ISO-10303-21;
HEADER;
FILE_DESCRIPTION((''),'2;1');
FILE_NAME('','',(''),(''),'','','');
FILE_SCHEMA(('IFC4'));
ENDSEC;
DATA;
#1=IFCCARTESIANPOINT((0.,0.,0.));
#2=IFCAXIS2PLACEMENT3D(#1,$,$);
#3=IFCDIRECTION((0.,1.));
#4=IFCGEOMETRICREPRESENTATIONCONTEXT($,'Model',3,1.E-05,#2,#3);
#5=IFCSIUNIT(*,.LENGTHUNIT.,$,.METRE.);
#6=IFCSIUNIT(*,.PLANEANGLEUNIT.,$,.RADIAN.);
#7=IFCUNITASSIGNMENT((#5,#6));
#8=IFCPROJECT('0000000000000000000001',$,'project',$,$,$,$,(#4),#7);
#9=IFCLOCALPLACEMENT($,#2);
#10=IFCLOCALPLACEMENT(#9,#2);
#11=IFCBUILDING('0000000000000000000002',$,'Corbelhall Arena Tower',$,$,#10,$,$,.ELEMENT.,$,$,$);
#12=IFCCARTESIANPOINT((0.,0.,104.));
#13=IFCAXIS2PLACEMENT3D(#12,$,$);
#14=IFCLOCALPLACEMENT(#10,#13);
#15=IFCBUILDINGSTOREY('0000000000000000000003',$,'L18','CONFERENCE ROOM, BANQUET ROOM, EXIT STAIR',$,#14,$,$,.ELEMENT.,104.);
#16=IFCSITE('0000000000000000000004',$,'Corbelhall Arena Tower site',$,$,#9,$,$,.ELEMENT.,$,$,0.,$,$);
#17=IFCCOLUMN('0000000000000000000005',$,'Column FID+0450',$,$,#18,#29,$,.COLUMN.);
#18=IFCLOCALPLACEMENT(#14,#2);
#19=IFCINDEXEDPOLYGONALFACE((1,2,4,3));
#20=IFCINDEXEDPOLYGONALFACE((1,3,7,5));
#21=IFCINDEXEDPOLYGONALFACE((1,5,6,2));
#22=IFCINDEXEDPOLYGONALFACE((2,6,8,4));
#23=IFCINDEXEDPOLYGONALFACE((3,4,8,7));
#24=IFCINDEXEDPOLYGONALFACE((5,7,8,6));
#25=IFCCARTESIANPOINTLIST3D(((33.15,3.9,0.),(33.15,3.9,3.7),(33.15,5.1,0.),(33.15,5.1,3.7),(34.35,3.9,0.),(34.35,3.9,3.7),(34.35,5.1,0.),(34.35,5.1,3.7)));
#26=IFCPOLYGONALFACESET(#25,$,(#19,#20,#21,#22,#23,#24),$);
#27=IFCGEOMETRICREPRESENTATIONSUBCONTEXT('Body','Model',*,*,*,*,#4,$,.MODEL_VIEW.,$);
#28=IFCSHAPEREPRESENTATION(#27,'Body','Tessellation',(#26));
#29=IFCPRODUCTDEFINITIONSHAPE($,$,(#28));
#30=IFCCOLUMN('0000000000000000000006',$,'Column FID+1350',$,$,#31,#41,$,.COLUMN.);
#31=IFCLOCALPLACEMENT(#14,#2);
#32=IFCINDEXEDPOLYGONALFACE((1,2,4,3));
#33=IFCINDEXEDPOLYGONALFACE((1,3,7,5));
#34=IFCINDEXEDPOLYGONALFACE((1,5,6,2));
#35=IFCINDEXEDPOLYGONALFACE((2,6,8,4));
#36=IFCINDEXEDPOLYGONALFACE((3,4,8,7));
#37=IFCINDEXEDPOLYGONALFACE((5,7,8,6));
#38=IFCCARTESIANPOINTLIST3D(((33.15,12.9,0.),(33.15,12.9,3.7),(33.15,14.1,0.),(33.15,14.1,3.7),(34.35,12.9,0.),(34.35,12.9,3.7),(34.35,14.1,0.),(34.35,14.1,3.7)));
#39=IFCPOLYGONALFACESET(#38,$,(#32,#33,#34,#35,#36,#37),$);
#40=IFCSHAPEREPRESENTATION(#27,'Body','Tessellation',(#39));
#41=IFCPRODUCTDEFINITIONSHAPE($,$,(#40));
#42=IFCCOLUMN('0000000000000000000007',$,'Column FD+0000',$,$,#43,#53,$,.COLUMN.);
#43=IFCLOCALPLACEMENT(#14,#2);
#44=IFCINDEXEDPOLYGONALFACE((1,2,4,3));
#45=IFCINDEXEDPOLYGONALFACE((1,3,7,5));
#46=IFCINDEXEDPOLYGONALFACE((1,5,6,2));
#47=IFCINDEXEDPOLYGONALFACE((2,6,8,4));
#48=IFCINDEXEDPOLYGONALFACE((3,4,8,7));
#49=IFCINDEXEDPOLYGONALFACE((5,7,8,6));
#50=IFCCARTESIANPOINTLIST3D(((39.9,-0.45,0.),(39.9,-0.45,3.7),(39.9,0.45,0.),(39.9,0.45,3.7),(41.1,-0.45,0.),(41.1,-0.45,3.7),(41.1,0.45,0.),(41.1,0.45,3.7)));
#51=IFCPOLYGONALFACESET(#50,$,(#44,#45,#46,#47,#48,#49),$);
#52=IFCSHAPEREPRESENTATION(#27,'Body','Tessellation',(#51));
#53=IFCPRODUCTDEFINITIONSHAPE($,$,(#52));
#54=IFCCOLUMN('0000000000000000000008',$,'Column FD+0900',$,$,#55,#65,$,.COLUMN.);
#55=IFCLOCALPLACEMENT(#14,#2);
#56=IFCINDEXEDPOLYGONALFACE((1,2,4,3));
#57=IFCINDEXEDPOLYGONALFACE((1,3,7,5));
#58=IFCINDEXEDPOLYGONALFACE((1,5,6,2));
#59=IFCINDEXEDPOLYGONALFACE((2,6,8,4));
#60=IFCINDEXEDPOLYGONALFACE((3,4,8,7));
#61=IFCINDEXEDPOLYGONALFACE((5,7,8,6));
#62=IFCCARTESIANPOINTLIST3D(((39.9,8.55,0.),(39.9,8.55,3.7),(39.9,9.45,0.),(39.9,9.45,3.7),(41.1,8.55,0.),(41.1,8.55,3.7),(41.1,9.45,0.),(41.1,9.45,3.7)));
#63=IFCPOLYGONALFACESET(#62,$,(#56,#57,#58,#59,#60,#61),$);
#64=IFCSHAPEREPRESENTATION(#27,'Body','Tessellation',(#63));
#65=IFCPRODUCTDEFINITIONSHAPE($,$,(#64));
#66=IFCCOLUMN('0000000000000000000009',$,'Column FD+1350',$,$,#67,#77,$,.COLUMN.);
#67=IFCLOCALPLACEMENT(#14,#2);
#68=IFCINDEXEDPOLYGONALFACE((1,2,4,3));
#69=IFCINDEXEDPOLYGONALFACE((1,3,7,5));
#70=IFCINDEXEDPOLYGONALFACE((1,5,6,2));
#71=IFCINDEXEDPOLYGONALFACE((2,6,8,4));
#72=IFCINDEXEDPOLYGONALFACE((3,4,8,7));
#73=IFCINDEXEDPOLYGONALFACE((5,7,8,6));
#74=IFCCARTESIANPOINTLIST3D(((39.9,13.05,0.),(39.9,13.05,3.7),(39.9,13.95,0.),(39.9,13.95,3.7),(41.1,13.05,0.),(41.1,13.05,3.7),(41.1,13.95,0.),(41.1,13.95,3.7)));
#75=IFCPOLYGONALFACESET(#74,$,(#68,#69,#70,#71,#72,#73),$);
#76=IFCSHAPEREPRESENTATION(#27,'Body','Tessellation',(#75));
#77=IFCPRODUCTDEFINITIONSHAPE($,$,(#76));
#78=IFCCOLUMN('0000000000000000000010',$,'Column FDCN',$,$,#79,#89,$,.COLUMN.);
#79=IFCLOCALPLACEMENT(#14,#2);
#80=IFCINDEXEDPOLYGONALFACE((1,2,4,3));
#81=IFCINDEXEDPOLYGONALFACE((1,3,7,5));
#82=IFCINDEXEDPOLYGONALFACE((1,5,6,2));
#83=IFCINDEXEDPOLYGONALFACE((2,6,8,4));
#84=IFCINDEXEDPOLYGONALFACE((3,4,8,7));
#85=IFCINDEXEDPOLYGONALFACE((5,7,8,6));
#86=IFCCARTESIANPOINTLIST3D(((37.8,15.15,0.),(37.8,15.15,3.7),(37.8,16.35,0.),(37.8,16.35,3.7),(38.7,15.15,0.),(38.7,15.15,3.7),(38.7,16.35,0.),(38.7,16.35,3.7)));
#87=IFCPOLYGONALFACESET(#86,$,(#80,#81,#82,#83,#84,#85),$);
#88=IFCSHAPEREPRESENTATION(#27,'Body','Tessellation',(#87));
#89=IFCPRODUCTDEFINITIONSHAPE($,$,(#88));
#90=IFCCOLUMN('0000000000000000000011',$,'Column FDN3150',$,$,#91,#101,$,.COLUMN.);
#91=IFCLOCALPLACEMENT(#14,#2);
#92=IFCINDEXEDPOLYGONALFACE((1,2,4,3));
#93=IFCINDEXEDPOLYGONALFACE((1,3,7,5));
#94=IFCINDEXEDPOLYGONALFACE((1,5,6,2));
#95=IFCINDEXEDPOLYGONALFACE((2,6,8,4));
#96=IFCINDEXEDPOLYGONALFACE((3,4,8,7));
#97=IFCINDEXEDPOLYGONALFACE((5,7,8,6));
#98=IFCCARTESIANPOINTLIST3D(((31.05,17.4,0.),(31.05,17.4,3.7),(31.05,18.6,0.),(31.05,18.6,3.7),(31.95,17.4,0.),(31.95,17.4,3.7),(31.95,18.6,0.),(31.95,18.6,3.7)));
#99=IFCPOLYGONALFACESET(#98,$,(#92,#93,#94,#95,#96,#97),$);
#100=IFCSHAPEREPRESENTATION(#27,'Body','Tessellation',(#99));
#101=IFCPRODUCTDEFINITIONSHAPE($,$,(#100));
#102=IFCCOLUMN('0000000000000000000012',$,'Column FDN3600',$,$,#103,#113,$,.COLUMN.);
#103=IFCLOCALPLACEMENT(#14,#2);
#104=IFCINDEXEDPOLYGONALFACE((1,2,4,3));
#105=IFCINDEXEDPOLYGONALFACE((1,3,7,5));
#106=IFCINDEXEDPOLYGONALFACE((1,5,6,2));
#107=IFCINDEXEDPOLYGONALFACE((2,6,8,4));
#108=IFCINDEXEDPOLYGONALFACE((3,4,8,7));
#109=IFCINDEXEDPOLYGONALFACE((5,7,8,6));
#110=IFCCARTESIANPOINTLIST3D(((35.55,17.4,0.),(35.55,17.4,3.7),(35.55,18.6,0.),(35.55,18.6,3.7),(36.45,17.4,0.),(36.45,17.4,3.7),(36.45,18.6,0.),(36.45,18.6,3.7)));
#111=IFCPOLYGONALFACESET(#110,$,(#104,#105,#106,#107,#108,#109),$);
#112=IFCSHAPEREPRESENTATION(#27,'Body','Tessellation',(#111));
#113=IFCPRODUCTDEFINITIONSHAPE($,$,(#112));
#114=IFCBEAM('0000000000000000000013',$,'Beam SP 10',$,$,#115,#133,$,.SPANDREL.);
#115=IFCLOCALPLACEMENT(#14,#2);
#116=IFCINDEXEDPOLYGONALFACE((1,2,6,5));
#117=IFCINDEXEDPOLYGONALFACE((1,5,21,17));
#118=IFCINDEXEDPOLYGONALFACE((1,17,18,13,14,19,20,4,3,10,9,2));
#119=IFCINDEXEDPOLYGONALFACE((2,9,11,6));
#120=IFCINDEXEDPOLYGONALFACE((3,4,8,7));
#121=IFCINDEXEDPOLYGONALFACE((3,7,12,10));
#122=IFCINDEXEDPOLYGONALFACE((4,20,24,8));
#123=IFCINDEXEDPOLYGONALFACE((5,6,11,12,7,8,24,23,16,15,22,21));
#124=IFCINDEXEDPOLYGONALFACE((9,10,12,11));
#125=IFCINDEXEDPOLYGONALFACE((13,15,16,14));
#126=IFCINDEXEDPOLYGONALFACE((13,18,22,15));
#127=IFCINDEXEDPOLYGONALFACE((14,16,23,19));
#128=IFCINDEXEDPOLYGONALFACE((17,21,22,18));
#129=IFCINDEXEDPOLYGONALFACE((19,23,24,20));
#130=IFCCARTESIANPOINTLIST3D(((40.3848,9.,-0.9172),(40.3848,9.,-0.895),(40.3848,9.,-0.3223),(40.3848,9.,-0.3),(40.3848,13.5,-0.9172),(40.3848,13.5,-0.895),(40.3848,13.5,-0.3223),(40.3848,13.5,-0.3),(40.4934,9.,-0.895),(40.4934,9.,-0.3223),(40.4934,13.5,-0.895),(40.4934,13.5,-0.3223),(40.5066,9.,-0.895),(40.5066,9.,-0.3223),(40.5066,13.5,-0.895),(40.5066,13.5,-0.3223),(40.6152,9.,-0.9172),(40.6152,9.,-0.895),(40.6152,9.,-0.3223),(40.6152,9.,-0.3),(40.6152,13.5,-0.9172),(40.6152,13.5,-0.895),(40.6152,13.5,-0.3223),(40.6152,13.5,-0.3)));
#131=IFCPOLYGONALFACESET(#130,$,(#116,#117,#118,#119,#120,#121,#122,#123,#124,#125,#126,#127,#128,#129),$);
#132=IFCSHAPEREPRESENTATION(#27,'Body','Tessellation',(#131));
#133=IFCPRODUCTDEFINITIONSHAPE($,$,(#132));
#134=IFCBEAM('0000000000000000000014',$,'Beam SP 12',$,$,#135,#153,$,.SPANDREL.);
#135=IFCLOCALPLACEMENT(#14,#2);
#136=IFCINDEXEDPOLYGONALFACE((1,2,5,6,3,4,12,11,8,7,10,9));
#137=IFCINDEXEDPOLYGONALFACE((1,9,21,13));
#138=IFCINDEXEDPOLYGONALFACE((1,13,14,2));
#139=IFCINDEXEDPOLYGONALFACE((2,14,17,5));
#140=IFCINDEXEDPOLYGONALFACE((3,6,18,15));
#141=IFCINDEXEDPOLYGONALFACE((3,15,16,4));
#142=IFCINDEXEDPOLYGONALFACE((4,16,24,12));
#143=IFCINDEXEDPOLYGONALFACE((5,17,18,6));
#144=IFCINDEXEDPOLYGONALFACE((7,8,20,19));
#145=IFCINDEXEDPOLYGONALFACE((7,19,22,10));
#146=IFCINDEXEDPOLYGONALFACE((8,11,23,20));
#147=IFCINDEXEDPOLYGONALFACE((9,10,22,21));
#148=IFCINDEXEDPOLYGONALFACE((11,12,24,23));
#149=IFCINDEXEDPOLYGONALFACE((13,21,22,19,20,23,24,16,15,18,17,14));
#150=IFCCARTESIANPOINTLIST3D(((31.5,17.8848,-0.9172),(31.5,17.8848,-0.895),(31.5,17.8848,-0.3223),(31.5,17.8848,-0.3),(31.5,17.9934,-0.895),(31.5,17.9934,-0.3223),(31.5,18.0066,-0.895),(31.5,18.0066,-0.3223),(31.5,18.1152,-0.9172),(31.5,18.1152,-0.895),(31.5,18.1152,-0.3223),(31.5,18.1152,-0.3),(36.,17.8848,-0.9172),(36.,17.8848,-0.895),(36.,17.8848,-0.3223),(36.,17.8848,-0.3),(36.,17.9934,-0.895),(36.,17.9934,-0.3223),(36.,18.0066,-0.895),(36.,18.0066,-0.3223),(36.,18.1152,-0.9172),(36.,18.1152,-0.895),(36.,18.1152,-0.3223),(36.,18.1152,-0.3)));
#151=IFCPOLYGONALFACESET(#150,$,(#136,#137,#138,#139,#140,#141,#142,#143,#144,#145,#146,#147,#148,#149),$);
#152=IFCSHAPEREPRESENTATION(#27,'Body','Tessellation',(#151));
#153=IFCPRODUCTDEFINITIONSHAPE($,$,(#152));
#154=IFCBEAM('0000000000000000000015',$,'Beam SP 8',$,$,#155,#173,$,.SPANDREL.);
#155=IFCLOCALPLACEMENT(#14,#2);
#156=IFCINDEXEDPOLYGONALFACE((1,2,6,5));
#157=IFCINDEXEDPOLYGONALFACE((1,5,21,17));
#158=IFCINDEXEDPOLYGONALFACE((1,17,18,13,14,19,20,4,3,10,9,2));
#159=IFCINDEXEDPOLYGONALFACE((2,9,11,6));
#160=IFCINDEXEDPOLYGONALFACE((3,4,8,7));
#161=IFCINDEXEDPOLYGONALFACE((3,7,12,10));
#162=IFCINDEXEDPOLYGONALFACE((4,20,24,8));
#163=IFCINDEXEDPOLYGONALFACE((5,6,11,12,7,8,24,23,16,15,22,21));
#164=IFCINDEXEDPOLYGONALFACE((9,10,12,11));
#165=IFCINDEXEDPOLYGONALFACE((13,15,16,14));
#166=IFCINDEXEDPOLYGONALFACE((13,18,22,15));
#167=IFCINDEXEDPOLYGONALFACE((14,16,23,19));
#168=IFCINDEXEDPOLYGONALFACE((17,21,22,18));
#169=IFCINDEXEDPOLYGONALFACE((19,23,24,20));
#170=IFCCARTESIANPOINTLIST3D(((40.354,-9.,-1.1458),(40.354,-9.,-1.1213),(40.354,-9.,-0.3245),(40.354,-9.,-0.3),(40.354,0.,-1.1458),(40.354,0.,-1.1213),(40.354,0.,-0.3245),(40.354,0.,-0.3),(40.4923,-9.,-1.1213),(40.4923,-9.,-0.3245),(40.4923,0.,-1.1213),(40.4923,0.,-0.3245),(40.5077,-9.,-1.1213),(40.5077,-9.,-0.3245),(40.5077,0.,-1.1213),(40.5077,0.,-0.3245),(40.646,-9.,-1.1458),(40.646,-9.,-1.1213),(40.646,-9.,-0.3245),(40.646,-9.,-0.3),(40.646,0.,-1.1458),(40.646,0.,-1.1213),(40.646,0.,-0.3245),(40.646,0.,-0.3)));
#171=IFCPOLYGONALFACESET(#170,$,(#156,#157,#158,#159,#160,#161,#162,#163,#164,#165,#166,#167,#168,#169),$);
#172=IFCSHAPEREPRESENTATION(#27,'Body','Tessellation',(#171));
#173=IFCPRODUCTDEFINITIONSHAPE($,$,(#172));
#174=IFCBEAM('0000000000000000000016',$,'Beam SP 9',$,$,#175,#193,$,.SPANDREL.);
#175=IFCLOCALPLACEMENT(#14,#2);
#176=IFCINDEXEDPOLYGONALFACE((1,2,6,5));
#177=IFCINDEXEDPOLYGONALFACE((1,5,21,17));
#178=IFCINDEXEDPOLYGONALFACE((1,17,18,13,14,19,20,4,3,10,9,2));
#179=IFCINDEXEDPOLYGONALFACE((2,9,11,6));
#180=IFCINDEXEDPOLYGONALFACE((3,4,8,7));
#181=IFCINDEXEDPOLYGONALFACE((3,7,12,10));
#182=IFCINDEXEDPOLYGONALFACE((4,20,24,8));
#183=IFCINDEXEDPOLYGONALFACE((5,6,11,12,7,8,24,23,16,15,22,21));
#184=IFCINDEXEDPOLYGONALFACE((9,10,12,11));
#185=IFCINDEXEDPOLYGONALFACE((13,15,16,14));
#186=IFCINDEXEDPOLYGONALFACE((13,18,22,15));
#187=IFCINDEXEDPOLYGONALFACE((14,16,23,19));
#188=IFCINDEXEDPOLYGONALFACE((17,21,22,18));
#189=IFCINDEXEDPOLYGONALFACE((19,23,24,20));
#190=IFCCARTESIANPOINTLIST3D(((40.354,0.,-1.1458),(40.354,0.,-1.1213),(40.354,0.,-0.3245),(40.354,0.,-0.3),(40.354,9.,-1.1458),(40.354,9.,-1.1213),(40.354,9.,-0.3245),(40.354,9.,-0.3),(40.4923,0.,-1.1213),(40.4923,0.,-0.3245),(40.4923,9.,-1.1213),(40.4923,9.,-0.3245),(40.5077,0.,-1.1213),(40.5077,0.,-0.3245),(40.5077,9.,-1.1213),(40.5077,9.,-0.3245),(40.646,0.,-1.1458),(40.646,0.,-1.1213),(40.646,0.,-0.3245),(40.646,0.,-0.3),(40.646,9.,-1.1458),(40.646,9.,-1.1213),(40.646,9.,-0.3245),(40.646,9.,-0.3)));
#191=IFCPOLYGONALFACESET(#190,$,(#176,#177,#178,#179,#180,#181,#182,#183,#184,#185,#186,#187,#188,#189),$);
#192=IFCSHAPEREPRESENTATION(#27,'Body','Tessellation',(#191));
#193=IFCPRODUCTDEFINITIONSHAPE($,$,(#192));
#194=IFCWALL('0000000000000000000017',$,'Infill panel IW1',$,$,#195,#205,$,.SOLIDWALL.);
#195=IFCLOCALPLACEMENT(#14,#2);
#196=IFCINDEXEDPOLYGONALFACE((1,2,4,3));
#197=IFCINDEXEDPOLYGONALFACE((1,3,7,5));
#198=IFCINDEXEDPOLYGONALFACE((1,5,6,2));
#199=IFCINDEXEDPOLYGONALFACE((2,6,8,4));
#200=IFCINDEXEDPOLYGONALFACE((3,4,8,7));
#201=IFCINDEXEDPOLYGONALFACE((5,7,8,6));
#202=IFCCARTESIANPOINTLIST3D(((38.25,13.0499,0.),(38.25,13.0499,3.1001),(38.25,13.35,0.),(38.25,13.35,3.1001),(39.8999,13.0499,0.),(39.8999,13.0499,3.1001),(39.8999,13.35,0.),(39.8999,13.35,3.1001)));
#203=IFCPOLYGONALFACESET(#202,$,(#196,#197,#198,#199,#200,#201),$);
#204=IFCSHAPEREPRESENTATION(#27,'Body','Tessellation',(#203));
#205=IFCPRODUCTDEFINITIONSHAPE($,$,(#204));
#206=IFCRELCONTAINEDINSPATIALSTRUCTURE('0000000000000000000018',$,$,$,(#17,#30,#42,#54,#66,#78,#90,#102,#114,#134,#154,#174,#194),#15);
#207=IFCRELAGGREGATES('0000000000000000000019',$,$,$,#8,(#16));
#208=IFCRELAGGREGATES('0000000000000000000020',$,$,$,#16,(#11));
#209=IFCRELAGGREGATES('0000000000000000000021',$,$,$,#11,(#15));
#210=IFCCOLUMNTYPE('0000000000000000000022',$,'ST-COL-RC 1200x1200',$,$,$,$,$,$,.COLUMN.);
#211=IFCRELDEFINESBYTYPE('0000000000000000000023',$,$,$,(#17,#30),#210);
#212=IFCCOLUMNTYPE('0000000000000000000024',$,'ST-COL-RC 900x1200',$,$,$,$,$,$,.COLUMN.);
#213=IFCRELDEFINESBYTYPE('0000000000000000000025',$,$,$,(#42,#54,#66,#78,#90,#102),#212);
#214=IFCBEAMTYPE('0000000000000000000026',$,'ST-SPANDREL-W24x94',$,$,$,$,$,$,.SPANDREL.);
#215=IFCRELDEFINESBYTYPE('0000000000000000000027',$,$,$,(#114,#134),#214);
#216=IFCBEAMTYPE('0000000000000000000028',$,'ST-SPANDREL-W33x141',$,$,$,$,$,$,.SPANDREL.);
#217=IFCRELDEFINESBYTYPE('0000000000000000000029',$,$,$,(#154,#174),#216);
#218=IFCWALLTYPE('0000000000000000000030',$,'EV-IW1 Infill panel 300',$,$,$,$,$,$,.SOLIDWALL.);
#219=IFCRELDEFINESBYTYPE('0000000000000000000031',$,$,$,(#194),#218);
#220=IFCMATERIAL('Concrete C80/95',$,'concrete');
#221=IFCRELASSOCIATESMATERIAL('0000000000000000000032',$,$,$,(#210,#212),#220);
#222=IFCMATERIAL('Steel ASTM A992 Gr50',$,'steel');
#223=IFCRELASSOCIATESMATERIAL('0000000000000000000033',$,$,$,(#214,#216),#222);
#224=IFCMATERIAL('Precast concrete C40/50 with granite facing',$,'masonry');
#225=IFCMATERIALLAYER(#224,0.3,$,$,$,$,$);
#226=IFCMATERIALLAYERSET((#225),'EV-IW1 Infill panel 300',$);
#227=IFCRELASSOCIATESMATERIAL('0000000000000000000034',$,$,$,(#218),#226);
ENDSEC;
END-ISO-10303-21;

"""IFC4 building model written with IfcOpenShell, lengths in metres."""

from ifc_helpers import new_model, si_unit, direction, frame, frame_2d, origin, origin_2d, place, context, subcontext, project, spatial, rectangle, i_section, extrude, material, layer, layer_set, material_profile, profile_set, type_object, element, save


model = new_model("IFC4")

# Units and contexts
model_context = context("Model", 3, precision=1e-05, world=origin(), true_north=direction((0.0, 1.0)))
body_context = subcontext(model_context, "Body", "Model", "MODEL_VIEW")
ifc_project = project(units=[si_unit("LENGTHUNIT", "METRE"), si_unit("PLANEANGLEUNIT", "RADIAN")], contexts=[model_context])

# Site, building, storey
site_placement = place(None, origin())
site = spatial("IfcSite", under=ifc_project, at=site_placement, Name="Corbelhall Arena Tower site", CompositionType="ELEMENT", RefElevation=0.0)
building_placement = place(site_placement, origin())
building = spatial("IfcBuilding", under=site, at=building_placement, Name="Corbelhall Arena Tower", CompositionType="ELEMENT")
storey_placement = place(building_placement, frame((0.0, 0.0, 104.0)))
storey = spatial("IfcBuildingStorey", under=building, at=storey_placement, Name="L18", Description="CONFERENCE ROOM, BANQUET ROOM, EXIT STAIR", CompositionType="ELEMENT", Elevation=104.0)

# Columns
ifc_material_1 = material(Name="Concrete C80/95", Category="concrete")
ifc_material_profile_1 = material_profile(ifc_material_1, rectangle(XDim=1.2, YDim=1.2, at=origin_2d()))
ifc_profile_set_1 = profile_set([ifc_material_profile_1], Name="Concrete C80/95")
column_type_1 = type_object("IfcColumnType", Name="ST-COL-RC 1200x1200", PredefinedType="COLUMN", material=ifc_profile_set_1)
for number, where, z_axis, x_axis, name in (
    (1, (33.75, 4.5, 0.0), (0.0, 0.0, 1.0), (1.0, 0.0, 0.0), "Column FID+0450"),
    (2, (33.75, 13.5, 0.0), (0.0, 0.0, 1.0), (1.0, 0.0, 0.0), "Column FID+1350"),
):
    element("IfcColumn", number, at=place(storey_placement, frame(where, z_axis=z_axis, x_axis=x_axis)), inside=storey, type_object=column_type_1, Name=name, PredefinedType="COLUMN", context=body_context, shape_type="SweptSolid", body=[
        extrude(rectangle(XDim=1.2, YDim=1.2, at=origin_2d()), origin(), (0.0, 0.0, 1.0), 3.7),
    ])
ifc_material_profile_2 = material_profile(ifc_material_1, rectangle(XDim=0.8999, YDim=1.2, at=origin_2d()))
ifc_profile_set_2 = profile_set([ifc_material_profile_2], Name="Concrete C80/95")
column_type_2 = type_object("IfcColumnType", Name="ST-COL-RC 900x1200", PredefinedType="COLUMN", material=ifc_profile_set_2)
for number, where, z_axis, x_axis, name in (
    (3, (40.5, 0.0, 0.0), (0.0, 0.0, 1.0), (0.0, 1.0, 0.0), "Column FD+0000"),
    (4, (40.5, 9.0, 0.0), (0.0, 0.0, 1.0), (0.0, 1.0, 0.0), "Column FD+0900"),
    (5, (40.5, 13.5, 0.0), (0.0, 0.0, 1.0), (0.0, 1.0, 0.0), "Column FD+1350"),
    (6, (38.25, 15.75, 0.0), (0.0, 0.0, 1.0), (1.0, 0.0, 0.0), "Column FDCN"),
    (7, (31.5, 18.0, 0.0), (0.0, 0.0, 1.0), (1.0, 0.0, 0.0), "Column FDN3150"),
    (8, (36.0, 18.0, 0.0), (0.0, 0.0, 1.0), (1.0, 0.0, 0.0), "Column FDN3600"),
):
    element("IfcColumn", number, at=place(storey_placement, frame(where, z_axis=z_axis, x_axis=x_axis)), inside=storey, type_object=column_type_2, Name=name, PredefinedType="COLUMN", context=body_context, shape_type="SweptSolid", body=[
        extrude(rectangle(XDim=0.8999, YDim=1.2, at=origin_2d()), origin(), (0.0, 0.0, 1.0), 3.7),
    ])

# Beams
ifc_material_2 = material(Name="Steel ASTM A992 Gr50", Category="steel")
ifc_material_profile_3 = material_profile(ifc_material_2, i_section(OverallWidth=0.2305, OverallDepth=0.6172, WebThickness=0.0132, FlangeThickness=0.0222, at=origin_2d()))
ifc_profile_set_3 = profile_set([ifc_material_profile_3], Name="Steel ASTM A992 Gr50")
beam_type_1 = type_object("IfcBeamType", Name="ST-SPANDREL-W24x94", PredefinedType="SPANDREL", material=ifc_profile_set_3)
for number, where, z_axis, x_axis, name in (
    (9, (40.5, 13.5, -0.6086), (0.0, -1.0, 0.0), (1.0, 0.0, 0.0), "Beam SP 10"),
    (10, (31.5, 18.0, -0.6086), (1.0, 0.0, 0.0), (0.0, 1.0, 0.0), "Beam SP 12"),
):
    element("IfcBeam", number, at=place(storey_placement, frame(where, z_axis=z_axis, x_axis=x_axis)), inside=storey, type_object=beam_type_1, Name=name, PredefinedType="SPANDREL", context=body_context, shape_type="SweptSolid", body=[
        extrude(i_section(OverallWidth=0.2305, OverallDepth=0.6172, WebThickness=0.0132, FlangeThickness=0.0222, at=origin_2d()), origin(), (0.0, 0.0, 1.0), 4.5),
    ])
ifc_material_profile_4 = material_profile(ifc_material_2, i_section(OverallWidth=0.292, OverallDepth=0.8457, WebThickness=0.0154, FlangeThickness=0.0244, at=origin_2d()))
ifc_profile_set_4 = profile_set([ifc_material_profile_4], Name="Steel ASTM A992 Gr50")
beam_type_2 = type_object("IfcBeamType", Name="ST-SPANDREL-W33x141", PredefinedType="SPANDREL", material=ifc_profile_set_4)
for number, where, z_axis, x_axis, name in (
    (11, (40.5, 0.0, -0.7229), (0.0, -1.0, 0.0), (1.0, 0.0, 0.0), "Beam SP 8"),
    (12, (40.5, 9.0, -0.7229), (0.0, -1.0, 0.0), (1.0, 0.0, 0.0), "Beam SP 9"),
):
    element("IfcBeam", number, at=place(storey_placement, frame(where, z_axis=z_axis, x_axis=x_axis)), inside=storey, type_object=beam_type_2, Name=name, PredefinedType="SPANDREL", context=body_context, shape_type="SweptSolid", body=[
        extrude(i_section(OverallWidth=0.292, OverallDepth=0.8457, WebThickness=0.0154, FlangeThickness=0.0244, at=origin_2d()), origin(), (0.0, 0.0, 1.0), 9.0),
    ])

# Wall
ifc_material_3 = material(Name="Precast concrete C40/50 with granite facing", Category="masonry")
ifc_layer_1 = layer(ifc_material_3, 0.3)
ifc_layer_set_1 = layer_set([ifc_layer_1], Name="EV-IW1 Infill panel 300")
wall_type_1 = type_object("IfcWallType", Name="EV-IW1 Infill panel 300", PredefinedType="SOLIDWALL", material=ifc_layer_set_1)
wall_1_placement = place(storey_placement, frame((39.8999, 13.2, 0.0), z_axis=(0.0, 0.0, 1.0), x_axis=(-1.0, 0.0, 0.0)))
element("IfcWall", 13, at=wall_1_placement, inside=storey, type_object=wall_type_1, Name="Infill panel IW1", PredefinedType="SOLIDWALL", context=body_context, shape_type="SweptSolid", body=[
    extrude(rectangle(XDim=1.6499, YDim=0.3, at=frame_2d((0.825, 0.0))), origin(), (0.0, 0.0, 1.0), 3.1001),
])

save(model, "model.ifc")
